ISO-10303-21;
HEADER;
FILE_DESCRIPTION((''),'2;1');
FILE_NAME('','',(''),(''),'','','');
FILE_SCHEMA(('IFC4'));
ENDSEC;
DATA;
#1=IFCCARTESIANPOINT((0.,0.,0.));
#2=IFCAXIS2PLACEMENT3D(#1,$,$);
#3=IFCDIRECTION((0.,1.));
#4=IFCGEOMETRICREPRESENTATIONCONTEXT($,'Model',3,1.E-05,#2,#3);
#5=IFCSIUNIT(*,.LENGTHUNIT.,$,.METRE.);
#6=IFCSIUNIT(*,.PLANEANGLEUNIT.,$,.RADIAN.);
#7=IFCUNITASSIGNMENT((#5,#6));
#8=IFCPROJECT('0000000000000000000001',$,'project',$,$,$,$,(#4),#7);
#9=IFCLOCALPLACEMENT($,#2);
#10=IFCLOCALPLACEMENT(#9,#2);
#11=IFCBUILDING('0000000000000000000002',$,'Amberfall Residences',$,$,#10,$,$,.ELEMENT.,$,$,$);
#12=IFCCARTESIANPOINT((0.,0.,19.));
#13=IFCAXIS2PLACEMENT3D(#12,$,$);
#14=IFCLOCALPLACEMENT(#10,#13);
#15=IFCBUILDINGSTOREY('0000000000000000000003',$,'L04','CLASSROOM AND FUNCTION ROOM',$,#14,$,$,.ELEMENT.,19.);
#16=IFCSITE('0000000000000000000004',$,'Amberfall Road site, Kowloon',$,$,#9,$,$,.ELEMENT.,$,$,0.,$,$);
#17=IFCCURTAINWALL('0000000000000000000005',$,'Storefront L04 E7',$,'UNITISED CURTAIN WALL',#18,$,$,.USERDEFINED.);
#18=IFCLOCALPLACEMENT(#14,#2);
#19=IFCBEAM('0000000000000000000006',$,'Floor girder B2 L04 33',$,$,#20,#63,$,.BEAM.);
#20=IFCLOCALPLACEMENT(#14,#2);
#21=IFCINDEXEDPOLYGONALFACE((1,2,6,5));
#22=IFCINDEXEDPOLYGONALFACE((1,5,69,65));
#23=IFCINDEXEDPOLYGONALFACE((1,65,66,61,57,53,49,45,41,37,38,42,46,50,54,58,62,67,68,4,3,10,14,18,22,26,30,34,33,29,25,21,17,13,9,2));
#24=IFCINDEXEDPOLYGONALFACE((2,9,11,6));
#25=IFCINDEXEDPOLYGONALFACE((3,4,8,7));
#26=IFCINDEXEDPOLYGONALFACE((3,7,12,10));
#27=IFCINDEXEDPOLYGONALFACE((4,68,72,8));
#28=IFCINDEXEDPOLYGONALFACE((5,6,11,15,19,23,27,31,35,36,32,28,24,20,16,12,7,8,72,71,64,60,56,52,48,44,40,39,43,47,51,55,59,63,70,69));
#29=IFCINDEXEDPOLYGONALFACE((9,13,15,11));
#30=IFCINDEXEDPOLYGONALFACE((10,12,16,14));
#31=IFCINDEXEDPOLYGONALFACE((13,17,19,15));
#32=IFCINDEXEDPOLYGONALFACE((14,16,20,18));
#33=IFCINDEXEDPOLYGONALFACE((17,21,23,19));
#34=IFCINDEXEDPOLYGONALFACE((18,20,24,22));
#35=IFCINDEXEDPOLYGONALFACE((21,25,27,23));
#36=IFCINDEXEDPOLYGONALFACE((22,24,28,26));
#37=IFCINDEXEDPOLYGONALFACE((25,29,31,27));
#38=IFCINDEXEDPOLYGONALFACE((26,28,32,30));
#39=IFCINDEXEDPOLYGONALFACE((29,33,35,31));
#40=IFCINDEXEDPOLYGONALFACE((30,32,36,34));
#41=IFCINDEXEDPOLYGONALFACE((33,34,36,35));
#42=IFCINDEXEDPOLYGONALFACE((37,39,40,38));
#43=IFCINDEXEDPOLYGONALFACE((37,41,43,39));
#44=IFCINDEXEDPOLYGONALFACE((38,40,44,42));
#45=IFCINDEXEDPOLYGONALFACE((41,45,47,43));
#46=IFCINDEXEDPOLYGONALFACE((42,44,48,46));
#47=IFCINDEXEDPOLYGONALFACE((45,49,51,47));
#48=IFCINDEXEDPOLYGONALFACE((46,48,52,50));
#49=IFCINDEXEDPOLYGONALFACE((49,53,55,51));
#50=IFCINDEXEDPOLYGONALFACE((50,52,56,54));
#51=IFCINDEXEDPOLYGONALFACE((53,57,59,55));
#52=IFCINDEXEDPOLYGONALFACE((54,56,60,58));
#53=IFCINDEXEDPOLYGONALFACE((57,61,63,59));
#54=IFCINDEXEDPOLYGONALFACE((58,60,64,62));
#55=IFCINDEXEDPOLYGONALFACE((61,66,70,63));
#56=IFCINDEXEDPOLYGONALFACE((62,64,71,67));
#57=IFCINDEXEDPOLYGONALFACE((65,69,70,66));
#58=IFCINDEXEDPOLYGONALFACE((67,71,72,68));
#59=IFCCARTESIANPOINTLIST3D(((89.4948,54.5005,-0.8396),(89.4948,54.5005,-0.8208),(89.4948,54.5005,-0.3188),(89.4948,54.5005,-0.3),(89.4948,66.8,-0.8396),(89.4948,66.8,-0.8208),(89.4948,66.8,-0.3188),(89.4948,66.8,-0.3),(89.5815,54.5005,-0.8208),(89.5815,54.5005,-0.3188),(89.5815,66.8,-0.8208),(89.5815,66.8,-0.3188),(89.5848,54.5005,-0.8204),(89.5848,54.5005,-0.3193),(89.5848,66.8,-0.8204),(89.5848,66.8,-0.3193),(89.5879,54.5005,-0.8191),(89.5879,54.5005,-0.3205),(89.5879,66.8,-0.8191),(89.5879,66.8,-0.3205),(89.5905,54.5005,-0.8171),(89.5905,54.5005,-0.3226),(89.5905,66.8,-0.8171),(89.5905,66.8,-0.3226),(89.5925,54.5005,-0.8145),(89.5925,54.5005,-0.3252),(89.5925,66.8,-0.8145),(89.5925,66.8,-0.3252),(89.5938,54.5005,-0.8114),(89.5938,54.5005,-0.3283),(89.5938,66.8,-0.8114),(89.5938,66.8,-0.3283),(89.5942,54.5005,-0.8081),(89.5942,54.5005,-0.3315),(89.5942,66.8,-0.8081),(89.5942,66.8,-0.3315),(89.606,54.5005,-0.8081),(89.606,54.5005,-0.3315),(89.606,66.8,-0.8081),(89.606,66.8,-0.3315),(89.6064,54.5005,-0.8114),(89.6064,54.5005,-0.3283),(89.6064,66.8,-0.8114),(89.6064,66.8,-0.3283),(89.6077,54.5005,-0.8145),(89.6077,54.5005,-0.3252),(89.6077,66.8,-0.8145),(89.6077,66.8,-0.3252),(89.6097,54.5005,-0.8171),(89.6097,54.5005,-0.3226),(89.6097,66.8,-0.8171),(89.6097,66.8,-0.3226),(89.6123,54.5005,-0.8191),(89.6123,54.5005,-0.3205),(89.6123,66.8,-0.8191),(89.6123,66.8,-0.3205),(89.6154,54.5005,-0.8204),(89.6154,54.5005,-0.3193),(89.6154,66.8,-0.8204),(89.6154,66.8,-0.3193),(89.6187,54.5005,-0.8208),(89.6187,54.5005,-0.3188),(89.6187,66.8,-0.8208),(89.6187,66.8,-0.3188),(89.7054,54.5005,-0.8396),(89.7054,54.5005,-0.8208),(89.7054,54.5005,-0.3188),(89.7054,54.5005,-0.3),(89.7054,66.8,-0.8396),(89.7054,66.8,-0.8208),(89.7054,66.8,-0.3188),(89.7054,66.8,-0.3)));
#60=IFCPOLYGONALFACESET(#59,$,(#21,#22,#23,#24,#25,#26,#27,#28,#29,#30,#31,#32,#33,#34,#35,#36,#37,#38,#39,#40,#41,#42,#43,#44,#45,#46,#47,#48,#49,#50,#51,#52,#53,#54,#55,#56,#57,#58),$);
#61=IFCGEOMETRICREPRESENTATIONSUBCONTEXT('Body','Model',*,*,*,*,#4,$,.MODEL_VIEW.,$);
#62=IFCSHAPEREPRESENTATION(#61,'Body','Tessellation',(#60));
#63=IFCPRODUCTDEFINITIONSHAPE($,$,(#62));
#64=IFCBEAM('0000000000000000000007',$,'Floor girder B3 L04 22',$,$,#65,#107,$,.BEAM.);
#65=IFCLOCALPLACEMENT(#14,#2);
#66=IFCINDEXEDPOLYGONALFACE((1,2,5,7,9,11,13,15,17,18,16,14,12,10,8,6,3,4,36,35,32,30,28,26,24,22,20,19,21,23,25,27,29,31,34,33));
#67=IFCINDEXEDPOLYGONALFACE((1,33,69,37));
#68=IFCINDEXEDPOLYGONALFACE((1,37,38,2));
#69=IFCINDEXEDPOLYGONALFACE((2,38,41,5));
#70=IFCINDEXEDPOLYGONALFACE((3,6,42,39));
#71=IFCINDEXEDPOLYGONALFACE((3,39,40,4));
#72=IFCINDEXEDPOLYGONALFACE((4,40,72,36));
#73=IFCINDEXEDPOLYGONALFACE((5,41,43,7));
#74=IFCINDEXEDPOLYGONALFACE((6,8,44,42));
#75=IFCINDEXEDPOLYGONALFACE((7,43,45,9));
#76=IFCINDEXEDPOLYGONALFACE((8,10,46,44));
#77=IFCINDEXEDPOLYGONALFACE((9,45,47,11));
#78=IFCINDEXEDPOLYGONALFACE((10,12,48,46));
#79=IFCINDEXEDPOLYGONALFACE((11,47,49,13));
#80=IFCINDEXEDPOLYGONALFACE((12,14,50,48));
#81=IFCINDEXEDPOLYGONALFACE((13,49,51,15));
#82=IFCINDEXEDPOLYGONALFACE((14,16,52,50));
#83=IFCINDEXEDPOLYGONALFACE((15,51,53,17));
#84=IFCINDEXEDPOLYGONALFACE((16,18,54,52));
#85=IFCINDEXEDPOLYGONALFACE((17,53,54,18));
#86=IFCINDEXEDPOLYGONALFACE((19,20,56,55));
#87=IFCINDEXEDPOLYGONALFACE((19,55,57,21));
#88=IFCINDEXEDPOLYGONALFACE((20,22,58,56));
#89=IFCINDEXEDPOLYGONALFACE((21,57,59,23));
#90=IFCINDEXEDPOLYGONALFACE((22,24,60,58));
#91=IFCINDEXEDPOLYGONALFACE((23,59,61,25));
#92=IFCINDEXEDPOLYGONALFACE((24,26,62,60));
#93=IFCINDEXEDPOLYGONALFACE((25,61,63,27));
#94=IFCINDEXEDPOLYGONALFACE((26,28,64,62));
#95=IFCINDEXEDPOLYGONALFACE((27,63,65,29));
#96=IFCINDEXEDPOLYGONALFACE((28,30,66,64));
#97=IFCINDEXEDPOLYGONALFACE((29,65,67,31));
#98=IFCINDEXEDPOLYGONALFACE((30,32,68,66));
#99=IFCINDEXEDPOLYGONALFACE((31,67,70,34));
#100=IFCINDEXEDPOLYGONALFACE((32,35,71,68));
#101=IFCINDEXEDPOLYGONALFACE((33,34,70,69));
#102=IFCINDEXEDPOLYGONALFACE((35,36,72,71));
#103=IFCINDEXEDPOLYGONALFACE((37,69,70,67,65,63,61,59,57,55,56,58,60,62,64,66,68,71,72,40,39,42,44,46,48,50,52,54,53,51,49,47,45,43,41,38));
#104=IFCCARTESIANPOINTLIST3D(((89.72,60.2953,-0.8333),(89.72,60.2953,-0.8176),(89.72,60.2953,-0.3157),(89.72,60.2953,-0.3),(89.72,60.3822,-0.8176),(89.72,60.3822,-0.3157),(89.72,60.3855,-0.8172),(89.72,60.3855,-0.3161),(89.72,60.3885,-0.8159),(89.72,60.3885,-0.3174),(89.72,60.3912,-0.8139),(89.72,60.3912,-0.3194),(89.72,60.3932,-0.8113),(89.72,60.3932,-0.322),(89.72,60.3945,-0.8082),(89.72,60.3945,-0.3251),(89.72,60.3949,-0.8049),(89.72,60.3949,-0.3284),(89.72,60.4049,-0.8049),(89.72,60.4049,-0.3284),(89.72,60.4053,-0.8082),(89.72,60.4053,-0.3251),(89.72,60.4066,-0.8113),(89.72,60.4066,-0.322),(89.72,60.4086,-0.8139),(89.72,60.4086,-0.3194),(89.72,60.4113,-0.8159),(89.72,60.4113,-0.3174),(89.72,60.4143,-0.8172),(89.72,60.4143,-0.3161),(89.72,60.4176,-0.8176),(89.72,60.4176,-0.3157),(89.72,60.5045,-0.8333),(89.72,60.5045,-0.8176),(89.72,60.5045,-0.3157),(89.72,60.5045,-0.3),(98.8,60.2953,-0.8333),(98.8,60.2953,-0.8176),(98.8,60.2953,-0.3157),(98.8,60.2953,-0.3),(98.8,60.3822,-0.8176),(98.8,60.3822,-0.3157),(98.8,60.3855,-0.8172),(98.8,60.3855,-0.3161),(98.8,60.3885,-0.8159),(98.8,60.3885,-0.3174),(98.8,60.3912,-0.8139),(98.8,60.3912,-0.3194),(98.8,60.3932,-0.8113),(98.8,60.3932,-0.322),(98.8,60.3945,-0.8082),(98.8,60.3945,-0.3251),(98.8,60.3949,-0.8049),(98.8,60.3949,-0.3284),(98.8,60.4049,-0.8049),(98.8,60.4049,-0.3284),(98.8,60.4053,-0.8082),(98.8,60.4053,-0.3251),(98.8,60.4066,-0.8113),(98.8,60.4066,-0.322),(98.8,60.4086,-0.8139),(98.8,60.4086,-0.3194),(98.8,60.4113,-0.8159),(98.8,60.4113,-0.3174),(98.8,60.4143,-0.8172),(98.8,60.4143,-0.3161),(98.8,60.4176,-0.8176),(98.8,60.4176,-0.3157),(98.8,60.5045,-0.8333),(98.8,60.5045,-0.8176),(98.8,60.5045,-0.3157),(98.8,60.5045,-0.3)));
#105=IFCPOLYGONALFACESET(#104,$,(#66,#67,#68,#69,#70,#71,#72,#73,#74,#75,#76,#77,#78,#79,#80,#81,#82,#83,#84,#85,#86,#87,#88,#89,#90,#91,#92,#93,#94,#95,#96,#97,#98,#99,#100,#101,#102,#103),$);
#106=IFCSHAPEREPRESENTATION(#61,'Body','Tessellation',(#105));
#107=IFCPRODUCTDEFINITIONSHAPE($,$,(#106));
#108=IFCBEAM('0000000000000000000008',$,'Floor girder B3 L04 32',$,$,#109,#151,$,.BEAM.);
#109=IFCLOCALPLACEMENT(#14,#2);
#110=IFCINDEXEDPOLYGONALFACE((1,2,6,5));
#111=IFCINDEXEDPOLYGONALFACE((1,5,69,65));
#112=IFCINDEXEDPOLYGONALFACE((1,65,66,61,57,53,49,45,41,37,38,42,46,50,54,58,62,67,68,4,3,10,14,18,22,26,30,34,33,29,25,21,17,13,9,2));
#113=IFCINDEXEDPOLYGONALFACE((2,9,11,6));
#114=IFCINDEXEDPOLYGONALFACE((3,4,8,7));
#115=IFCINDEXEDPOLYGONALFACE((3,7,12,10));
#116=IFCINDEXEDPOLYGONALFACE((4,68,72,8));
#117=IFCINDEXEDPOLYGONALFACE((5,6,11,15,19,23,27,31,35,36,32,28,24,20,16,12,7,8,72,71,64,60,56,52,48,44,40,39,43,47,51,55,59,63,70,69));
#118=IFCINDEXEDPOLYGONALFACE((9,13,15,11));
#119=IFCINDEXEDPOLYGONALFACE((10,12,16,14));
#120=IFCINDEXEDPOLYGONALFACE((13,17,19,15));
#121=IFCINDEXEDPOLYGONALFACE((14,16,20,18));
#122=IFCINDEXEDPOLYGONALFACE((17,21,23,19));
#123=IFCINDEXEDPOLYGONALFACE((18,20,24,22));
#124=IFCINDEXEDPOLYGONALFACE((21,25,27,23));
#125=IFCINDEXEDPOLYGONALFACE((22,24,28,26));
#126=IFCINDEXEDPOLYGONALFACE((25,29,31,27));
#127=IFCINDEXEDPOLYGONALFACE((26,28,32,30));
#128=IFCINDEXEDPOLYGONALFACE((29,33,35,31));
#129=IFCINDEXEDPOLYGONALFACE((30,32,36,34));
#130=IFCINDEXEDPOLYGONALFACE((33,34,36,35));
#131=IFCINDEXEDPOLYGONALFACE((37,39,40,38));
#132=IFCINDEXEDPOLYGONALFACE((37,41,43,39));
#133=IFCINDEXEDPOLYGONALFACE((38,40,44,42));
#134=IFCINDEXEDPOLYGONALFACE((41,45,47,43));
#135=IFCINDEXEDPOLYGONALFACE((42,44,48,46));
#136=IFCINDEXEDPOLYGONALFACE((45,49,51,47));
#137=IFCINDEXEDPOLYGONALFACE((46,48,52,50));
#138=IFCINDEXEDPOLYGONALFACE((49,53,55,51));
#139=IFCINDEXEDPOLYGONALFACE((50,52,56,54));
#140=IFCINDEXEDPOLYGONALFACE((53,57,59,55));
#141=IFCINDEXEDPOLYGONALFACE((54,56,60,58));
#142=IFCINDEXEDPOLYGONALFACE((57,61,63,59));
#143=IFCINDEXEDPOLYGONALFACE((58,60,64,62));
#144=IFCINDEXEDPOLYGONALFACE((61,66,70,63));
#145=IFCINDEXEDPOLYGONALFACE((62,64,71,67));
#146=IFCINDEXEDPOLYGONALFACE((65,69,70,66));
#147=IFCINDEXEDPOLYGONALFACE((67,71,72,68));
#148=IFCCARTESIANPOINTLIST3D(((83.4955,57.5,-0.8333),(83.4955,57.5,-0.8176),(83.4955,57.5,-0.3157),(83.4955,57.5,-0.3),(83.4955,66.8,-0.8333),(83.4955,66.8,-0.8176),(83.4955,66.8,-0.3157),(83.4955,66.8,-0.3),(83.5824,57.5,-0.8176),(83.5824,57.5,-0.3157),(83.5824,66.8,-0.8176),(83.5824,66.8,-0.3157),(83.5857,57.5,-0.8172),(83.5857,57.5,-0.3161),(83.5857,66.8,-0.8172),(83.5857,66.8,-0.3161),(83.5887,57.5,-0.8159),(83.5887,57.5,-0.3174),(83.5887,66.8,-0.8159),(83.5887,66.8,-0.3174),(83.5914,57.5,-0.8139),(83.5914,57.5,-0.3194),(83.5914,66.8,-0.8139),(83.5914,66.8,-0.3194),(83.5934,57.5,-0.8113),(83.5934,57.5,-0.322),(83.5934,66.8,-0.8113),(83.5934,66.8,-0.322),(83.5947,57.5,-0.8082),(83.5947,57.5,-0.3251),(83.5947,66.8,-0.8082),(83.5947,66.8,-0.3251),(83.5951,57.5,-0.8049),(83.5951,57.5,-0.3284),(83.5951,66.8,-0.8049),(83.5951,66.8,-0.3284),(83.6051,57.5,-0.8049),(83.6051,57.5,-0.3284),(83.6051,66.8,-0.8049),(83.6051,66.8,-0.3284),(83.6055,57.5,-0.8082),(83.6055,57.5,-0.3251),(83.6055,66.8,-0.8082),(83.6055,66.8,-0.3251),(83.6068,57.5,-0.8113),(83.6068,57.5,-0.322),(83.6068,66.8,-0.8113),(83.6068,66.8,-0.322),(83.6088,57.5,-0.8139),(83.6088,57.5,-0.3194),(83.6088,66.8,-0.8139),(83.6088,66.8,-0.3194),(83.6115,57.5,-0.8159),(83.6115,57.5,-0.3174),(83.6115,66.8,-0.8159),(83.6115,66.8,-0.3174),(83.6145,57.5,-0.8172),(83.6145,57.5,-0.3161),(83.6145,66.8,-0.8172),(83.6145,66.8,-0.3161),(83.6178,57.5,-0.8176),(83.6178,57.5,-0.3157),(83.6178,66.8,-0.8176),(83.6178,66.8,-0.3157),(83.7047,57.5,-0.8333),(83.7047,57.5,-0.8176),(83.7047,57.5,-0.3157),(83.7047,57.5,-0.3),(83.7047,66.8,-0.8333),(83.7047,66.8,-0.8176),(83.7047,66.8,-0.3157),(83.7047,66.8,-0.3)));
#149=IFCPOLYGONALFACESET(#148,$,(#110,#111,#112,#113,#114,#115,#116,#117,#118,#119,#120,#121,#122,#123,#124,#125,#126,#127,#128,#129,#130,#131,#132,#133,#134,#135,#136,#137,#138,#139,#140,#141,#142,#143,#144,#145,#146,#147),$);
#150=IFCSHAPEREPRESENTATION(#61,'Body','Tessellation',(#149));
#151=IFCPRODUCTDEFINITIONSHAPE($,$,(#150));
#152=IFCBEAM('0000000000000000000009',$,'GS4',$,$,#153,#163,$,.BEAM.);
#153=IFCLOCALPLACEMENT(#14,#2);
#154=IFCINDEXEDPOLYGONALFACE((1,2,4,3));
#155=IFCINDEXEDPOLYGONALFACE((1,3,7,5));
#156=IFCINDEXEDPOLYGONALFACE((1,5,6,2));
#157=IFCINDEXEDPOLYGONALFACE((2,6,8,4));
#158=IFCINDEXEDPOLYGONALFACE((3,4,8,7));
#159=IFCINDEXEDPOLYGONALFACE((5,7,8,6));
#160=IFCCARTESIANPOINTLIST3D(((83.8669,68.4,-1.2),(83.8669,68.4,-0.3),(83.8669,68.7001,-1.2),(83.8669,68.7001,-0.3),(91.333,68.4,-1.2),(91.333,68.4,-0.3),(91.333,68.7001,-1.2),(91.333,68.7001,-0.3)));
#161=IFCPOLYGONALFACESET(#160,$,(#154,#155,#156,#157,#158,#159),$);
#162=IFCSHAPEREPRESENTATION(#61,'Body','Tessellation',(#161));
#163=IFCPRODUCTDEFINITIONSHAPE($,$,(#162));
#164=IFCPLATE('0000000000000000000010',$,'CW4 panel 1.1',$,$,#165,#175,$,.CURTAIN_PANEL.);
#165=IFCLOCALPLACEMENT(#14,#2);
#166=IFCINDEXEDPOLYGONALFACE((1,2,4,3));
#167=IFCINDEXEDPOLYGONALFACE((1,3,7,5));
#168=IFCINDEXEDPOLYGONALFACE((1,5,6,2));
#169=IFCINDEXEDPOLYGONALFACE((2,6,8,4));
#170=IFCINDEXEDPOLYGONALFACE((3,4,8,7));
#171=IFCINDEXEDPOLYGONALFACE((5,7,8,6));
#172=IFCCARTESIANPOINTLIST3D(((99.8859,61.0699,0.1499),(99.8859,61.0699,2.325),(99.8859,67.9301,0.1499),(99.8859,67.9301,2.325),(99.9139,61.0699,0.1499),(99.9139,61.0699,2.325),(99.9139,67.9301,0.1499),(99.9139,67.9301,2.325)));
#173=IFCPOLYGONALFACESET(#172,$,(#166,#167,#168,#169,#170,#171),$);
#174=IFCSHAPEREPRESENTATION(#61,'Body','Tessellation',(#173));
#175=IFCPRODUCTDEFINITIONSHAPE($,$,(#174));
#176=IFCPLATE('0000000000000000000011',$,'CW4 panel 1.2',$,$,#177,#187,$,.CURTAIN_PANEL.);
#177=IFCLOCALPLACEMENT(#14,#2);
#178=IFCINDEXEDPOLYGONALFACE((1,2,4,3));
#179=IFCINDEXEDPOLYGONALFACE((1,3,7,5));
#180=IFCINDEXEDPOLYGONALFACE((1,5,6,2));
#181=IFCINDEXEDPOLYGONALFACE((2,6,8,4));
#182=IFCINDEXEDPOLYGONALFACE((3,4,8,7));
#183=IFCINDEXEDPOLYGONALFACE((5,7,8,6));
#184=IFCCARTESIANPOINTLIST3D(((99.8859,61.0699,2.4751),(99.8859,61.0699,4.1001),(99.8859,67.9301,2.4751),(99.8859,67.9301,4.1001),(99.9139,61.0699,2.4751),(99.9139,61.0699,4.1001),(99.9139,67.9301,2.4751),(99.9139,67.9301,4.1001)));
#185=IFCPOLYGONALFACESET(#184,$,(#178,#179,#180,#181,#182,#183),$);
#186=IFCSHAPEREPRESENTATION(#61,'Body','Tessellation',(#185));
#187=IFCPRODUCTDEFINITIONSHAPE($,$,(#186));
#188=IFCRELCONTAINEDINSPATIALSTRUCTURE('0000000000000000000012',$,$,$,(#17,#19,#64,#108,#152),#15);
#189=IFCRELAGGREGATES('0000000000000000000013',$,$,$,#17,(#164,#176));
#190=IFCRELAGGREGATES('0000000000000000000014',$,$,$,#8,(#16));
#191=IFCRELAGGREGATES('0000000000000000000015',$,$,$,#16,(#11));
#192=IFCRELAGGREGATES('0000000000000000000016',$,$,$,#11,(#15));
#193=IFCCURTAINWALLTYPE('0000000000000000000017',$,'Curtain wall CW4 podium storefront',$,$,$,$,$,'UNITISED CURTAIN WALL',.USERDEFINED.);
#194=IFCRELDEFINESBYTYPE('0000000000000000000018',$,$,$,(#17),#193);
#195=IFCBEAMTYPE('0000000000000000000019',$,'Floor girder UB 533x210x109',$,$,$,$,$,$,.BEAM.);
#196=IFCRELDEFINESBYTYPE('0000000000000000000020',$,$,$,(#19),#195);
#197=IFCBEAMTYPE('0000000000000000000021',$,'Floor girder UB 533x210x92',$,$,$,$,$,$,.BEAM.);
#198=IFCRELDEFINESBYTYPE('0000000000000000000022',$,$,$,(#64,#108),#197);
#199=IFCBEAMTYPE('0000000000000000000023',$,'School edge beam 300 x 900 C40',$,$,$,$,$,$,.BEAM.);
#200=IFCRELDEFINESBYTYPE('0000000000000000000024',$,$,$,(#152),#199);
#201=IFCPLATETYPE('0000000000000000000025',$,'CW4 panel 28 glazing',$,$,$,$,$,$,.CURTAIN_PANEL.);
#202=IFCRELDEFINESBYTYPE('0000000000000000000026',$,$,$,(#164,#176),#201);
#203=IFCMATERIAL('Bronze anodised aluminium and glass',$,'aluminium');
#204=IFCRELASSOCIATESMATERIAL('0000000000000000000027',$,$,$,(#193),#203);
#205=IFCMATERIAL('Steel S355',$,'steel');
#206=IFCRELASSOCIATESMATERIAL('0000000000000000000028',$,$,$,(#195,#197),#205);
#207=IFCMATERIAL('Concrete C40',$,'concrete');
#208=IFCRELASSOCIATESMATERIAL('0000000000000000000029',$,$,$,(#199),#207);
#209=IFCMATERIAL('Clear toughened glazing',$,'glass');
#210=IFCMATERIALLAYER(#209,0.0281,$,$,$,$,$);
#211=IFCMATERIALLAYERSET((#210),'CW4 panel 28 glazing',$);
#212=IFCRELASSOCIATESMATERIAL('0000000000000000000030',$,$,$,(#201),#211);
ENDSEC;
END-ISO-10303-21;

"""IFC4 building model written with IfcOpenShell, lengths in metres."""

from ifc_helpers import new_model, si_unit, direction, frame, origin, origin_2d, place, context, subcontext, project, spatial, rectangle, i_section, extrude, material, layer, layer_set, material_profile, profile_set, type_object, element, aggregate, save


model = new_model("IFC4")

# Units and contexts
model_context = context("Model", 3, precision=1e-05, world=origin(), true_north=direction((0.0, 1.0)))
body_context = subcontext(model_context, "Body", "Model", "MODEL_VIEW")
ifc_project = project(units=[si_unit("LENGTHUNIT", "METRE"), si_unit("PLANEANGLEUNIT", "RADIAN")], contexts=[model_context])

# Site, building, storey
site_placement = place(None, origin())
site = spatial("IfcSite", under=ifc_project, at=site_placement, Name="Amberfall Road site, Kowloon", CompositionType="ELEMENT", RefElevation=0.0)
building_placement = place(site_placement, origin())
building = spatial("IfcBuilding", under=site, at=building_placement, Name="Amberfall Residences", CompositionType="ELEMENT")
storey_placement = place(building_placement, frame((0.0, 0.0, 19.0)))
storey = spatial("IfcBuildingStorey", under=building, at=storey_placement, Name="L04", Description="CLASSROOM AND FUNCTION ROOM", CompositionType="ELEMENT", Elevation=19.0)

# Curtain wall
ifc_material_1 = material(Name="Bronze anodised aluminium and glass", Category="aluminium")
curtain_wall_type = type_object("IfcCurtainWallType", Name="Curtain wall CW4 podium storefront", ElementType="UNITISED CURTAIN WALL", PredefinedType="USERDEFINED", material=ifc_material_1)
curtain_wall_placement = place(storey_placement, origin())
curtain_wall = element("IfcCurtainWall", 1, at=curtain_wall_placement, inside=storey, type_object=curtain_wall_type, Name="Storefront L04 E7", ObjectType="UNITISED CURTAIN WALL", PredefinedType="USERDEFINED")

# Beams
ifc_material_2 = material(Name="Steel S355", Category="steel")
ifc_material_profile_1 = material_profile(ifc_material_2, i_section(OverallWidth=0.2107, OverallDepth=0.5396, WebThickness=0.0117, FlangeThickness=0.0188, FilletRadius=0.0127, at=origin_2d()), Name="UB 533x210x109")
ifc_profile_set_1 = profile_set([ifc_material_profile_1], Name="Steel S355")
beam_type_1 = type_object("IfcBeamType", Name="Floor girder UB 533x210x109", PredefinedType="BEAM", material=ifc_profile_set_1)
beam_1_placement = place(storey_placement, frame((89.6001, 66.8, -0.5698), z_axis=(0.0, -1.0, 0.0), x_axis=(1.0, 0.0, 0.0)))
element("IfcBeam", 2, at=beam_1_placement, inside=storey, type_object=beam_type_1, Name="Floor girder B2 L04 33", PredefinedType="BEAM", context=body_context, shape_type="SweptSolid", body=[
    extrude(i_section(OverallWidth=0.2107, OverallDepth=0.5396, WebThickness=0.0117, FlangeThickness=0.0188, FilletRadius=0.0127, at=origin_2d()), origin(), (0.0, 0.0, 1.0), 12.2996),
])
ifc_material_profile_2 = material_profile(ifc_material_2, i_section(OverallWidth=0.2092, OverallDepth=0.5332, WebThickness=0.01, FlangeThickness=0.0156, FilletRadius=0.0127, at=origin_2d()), Name="UB 533x210x92")
ifc_profile_set_2 = profile_set([ifc_material_profile_2], Name="Steel S355")
beam_type_2 = type_object("IfcBeamType", Name="Floor girder UB 533x210x92", PredefinedType="BEAM", material=ifc_profile_set_2)
beam_2_placement = place(storey_placement, frame((98.8, 60.3999, -0.5667), z_axis=(-1.0, 0.0, 0.0), x_axis=(0.0, -1.0, 0.0)))
element("IfcBeam", 3, at=beam_2_placement, inside=storey, type_object=beam_type_2, Name="Floor girder B3 L04 22", PredefinedType="BEAM", context=body_context, shape_type="SweptSolid", body=[
    extrude(i_section(OverallWidth=0.2092, OverallDepth=0.5332, WebThickness=0.01, FlangeThickness=0.0156, FilletRadius=0.0127, at=origin_2d()), origin(), (0.0, 0.0, 1.0), 9.0801),
])
beam_3_placement = place(storey_placement, frame((83.6001, 66.8, -0.5667), z_axis=(0.0, -1.0, 0.0), x_axis=(1.0, 0.0, 0.0)))
element("IfcBeam", 4, at=beam_3_placement, inside=storey, type_object=beam_type_2, Name="Floor girder B3 L04 32", PredefinedType="BEAM", context=body_context, shape_type="SweptSolid", body=[
    extrude(i_section(OverallWidth=0.2092, OverallDepth=0.5332, WebThickness=0.01, FlangeThickness=0.0156, FilletRadius=0.0127, at=origin_2d()), origin(), (0.0, 0.0, 1.0), 9.3),
])
ifc_material_3 = material(Name="Concrete C40", Category="concrete")
ifc_material_profile_3 = material_profile(ifc_material_3, rectangle(XDim=0.3, YDim=0.8999, at=origin_2d()), Name="School edge beam 300 x 900 C40")
ifc_profile_set_3 = profile_set([ifc_material_profile_3], Name="Concrete C40")
beam_type_3 = type_object("IfcBeamType", Name="School edge beam 300 x 900 C40", PredefinedType="BEAM", material=ifc_profile_set_3)
beam_4_placement = place(storey_placement, frame((83.8669, 68.55, -0.75), z_axis=(1.0, 0.0, 0.0), x_axis=(0.0, 1.0, 0.0)))
element("IfcBeam", 5, at=beam_4_placement, inside=storey, type_object=beam_type_3, Name="GS4", PredefinedType="BEAM", context=body_context, shape_type="SweptSolid", body=[
    extrude(rectangle(XDim=0.3, YDim=0.8999, at=origin_2d()), origin(), (0.0, 0.0, 1.0), 7.4661),
])

# Plates
ifc_material_4 = material(Name="Clear toughened glazing", Category="glass")
ifc_layer_1 = layer(ifc_material_4, 0.0281)
ifc_layer_set_1 = layer_set([ifc_layer_1], Name="CW4 panel 28 glazing")
plate_type = type_object("IfcPlateType", Name="CW4 panel 28 glazing", PredefinedType="CURTAIN_PANEL", material=ifc_layer_set_1)
plate_1_placement = place(storey_placement, frame((99.8999, 64.5, 0.1499), z_axis=(0.0, 0.0, 1.0), x_axis=(0.0, 1.0, 0.0)))
plate_1 = element("IfcPlate", 6, at=plate_1_placement, type_object=plate_type, Name="CW4 panel 1.1", PredefinedType="CURTAIN_PANEL", context=body_context, shape_type="SweptSolid", body=[
    extrude(rectangle(XDim=6.8601, YDim=0.0281, at=origin_2d()), origin(), (0.0, 0.0, 1.0), 2.175),
])
plate_2_placement = place(storey_placement, frame((99.8999, 64.5, 2.4751), z_axis=(0.0, 0.0, 1.0), x_axis=(0.0, 1.0, 0.0)))
plate_2 = element("IfcPlate", 7, at=plate_2_placement, type_object=plate_type, Name="CW4 panel 1.2", PredefinedType="CURTAIN_PANEL", context=body_context, shape_type="SweptSolid", body=[
    extrude(rectangle(XDim=6.8601, YDim=0.0281, at=origin_2d()), origin(), (0.0, 0.0, 1.0), 1.625),
])
aggregate(curtain_wall, [plate_1, plate_2])

save(model, "model.ifc")
